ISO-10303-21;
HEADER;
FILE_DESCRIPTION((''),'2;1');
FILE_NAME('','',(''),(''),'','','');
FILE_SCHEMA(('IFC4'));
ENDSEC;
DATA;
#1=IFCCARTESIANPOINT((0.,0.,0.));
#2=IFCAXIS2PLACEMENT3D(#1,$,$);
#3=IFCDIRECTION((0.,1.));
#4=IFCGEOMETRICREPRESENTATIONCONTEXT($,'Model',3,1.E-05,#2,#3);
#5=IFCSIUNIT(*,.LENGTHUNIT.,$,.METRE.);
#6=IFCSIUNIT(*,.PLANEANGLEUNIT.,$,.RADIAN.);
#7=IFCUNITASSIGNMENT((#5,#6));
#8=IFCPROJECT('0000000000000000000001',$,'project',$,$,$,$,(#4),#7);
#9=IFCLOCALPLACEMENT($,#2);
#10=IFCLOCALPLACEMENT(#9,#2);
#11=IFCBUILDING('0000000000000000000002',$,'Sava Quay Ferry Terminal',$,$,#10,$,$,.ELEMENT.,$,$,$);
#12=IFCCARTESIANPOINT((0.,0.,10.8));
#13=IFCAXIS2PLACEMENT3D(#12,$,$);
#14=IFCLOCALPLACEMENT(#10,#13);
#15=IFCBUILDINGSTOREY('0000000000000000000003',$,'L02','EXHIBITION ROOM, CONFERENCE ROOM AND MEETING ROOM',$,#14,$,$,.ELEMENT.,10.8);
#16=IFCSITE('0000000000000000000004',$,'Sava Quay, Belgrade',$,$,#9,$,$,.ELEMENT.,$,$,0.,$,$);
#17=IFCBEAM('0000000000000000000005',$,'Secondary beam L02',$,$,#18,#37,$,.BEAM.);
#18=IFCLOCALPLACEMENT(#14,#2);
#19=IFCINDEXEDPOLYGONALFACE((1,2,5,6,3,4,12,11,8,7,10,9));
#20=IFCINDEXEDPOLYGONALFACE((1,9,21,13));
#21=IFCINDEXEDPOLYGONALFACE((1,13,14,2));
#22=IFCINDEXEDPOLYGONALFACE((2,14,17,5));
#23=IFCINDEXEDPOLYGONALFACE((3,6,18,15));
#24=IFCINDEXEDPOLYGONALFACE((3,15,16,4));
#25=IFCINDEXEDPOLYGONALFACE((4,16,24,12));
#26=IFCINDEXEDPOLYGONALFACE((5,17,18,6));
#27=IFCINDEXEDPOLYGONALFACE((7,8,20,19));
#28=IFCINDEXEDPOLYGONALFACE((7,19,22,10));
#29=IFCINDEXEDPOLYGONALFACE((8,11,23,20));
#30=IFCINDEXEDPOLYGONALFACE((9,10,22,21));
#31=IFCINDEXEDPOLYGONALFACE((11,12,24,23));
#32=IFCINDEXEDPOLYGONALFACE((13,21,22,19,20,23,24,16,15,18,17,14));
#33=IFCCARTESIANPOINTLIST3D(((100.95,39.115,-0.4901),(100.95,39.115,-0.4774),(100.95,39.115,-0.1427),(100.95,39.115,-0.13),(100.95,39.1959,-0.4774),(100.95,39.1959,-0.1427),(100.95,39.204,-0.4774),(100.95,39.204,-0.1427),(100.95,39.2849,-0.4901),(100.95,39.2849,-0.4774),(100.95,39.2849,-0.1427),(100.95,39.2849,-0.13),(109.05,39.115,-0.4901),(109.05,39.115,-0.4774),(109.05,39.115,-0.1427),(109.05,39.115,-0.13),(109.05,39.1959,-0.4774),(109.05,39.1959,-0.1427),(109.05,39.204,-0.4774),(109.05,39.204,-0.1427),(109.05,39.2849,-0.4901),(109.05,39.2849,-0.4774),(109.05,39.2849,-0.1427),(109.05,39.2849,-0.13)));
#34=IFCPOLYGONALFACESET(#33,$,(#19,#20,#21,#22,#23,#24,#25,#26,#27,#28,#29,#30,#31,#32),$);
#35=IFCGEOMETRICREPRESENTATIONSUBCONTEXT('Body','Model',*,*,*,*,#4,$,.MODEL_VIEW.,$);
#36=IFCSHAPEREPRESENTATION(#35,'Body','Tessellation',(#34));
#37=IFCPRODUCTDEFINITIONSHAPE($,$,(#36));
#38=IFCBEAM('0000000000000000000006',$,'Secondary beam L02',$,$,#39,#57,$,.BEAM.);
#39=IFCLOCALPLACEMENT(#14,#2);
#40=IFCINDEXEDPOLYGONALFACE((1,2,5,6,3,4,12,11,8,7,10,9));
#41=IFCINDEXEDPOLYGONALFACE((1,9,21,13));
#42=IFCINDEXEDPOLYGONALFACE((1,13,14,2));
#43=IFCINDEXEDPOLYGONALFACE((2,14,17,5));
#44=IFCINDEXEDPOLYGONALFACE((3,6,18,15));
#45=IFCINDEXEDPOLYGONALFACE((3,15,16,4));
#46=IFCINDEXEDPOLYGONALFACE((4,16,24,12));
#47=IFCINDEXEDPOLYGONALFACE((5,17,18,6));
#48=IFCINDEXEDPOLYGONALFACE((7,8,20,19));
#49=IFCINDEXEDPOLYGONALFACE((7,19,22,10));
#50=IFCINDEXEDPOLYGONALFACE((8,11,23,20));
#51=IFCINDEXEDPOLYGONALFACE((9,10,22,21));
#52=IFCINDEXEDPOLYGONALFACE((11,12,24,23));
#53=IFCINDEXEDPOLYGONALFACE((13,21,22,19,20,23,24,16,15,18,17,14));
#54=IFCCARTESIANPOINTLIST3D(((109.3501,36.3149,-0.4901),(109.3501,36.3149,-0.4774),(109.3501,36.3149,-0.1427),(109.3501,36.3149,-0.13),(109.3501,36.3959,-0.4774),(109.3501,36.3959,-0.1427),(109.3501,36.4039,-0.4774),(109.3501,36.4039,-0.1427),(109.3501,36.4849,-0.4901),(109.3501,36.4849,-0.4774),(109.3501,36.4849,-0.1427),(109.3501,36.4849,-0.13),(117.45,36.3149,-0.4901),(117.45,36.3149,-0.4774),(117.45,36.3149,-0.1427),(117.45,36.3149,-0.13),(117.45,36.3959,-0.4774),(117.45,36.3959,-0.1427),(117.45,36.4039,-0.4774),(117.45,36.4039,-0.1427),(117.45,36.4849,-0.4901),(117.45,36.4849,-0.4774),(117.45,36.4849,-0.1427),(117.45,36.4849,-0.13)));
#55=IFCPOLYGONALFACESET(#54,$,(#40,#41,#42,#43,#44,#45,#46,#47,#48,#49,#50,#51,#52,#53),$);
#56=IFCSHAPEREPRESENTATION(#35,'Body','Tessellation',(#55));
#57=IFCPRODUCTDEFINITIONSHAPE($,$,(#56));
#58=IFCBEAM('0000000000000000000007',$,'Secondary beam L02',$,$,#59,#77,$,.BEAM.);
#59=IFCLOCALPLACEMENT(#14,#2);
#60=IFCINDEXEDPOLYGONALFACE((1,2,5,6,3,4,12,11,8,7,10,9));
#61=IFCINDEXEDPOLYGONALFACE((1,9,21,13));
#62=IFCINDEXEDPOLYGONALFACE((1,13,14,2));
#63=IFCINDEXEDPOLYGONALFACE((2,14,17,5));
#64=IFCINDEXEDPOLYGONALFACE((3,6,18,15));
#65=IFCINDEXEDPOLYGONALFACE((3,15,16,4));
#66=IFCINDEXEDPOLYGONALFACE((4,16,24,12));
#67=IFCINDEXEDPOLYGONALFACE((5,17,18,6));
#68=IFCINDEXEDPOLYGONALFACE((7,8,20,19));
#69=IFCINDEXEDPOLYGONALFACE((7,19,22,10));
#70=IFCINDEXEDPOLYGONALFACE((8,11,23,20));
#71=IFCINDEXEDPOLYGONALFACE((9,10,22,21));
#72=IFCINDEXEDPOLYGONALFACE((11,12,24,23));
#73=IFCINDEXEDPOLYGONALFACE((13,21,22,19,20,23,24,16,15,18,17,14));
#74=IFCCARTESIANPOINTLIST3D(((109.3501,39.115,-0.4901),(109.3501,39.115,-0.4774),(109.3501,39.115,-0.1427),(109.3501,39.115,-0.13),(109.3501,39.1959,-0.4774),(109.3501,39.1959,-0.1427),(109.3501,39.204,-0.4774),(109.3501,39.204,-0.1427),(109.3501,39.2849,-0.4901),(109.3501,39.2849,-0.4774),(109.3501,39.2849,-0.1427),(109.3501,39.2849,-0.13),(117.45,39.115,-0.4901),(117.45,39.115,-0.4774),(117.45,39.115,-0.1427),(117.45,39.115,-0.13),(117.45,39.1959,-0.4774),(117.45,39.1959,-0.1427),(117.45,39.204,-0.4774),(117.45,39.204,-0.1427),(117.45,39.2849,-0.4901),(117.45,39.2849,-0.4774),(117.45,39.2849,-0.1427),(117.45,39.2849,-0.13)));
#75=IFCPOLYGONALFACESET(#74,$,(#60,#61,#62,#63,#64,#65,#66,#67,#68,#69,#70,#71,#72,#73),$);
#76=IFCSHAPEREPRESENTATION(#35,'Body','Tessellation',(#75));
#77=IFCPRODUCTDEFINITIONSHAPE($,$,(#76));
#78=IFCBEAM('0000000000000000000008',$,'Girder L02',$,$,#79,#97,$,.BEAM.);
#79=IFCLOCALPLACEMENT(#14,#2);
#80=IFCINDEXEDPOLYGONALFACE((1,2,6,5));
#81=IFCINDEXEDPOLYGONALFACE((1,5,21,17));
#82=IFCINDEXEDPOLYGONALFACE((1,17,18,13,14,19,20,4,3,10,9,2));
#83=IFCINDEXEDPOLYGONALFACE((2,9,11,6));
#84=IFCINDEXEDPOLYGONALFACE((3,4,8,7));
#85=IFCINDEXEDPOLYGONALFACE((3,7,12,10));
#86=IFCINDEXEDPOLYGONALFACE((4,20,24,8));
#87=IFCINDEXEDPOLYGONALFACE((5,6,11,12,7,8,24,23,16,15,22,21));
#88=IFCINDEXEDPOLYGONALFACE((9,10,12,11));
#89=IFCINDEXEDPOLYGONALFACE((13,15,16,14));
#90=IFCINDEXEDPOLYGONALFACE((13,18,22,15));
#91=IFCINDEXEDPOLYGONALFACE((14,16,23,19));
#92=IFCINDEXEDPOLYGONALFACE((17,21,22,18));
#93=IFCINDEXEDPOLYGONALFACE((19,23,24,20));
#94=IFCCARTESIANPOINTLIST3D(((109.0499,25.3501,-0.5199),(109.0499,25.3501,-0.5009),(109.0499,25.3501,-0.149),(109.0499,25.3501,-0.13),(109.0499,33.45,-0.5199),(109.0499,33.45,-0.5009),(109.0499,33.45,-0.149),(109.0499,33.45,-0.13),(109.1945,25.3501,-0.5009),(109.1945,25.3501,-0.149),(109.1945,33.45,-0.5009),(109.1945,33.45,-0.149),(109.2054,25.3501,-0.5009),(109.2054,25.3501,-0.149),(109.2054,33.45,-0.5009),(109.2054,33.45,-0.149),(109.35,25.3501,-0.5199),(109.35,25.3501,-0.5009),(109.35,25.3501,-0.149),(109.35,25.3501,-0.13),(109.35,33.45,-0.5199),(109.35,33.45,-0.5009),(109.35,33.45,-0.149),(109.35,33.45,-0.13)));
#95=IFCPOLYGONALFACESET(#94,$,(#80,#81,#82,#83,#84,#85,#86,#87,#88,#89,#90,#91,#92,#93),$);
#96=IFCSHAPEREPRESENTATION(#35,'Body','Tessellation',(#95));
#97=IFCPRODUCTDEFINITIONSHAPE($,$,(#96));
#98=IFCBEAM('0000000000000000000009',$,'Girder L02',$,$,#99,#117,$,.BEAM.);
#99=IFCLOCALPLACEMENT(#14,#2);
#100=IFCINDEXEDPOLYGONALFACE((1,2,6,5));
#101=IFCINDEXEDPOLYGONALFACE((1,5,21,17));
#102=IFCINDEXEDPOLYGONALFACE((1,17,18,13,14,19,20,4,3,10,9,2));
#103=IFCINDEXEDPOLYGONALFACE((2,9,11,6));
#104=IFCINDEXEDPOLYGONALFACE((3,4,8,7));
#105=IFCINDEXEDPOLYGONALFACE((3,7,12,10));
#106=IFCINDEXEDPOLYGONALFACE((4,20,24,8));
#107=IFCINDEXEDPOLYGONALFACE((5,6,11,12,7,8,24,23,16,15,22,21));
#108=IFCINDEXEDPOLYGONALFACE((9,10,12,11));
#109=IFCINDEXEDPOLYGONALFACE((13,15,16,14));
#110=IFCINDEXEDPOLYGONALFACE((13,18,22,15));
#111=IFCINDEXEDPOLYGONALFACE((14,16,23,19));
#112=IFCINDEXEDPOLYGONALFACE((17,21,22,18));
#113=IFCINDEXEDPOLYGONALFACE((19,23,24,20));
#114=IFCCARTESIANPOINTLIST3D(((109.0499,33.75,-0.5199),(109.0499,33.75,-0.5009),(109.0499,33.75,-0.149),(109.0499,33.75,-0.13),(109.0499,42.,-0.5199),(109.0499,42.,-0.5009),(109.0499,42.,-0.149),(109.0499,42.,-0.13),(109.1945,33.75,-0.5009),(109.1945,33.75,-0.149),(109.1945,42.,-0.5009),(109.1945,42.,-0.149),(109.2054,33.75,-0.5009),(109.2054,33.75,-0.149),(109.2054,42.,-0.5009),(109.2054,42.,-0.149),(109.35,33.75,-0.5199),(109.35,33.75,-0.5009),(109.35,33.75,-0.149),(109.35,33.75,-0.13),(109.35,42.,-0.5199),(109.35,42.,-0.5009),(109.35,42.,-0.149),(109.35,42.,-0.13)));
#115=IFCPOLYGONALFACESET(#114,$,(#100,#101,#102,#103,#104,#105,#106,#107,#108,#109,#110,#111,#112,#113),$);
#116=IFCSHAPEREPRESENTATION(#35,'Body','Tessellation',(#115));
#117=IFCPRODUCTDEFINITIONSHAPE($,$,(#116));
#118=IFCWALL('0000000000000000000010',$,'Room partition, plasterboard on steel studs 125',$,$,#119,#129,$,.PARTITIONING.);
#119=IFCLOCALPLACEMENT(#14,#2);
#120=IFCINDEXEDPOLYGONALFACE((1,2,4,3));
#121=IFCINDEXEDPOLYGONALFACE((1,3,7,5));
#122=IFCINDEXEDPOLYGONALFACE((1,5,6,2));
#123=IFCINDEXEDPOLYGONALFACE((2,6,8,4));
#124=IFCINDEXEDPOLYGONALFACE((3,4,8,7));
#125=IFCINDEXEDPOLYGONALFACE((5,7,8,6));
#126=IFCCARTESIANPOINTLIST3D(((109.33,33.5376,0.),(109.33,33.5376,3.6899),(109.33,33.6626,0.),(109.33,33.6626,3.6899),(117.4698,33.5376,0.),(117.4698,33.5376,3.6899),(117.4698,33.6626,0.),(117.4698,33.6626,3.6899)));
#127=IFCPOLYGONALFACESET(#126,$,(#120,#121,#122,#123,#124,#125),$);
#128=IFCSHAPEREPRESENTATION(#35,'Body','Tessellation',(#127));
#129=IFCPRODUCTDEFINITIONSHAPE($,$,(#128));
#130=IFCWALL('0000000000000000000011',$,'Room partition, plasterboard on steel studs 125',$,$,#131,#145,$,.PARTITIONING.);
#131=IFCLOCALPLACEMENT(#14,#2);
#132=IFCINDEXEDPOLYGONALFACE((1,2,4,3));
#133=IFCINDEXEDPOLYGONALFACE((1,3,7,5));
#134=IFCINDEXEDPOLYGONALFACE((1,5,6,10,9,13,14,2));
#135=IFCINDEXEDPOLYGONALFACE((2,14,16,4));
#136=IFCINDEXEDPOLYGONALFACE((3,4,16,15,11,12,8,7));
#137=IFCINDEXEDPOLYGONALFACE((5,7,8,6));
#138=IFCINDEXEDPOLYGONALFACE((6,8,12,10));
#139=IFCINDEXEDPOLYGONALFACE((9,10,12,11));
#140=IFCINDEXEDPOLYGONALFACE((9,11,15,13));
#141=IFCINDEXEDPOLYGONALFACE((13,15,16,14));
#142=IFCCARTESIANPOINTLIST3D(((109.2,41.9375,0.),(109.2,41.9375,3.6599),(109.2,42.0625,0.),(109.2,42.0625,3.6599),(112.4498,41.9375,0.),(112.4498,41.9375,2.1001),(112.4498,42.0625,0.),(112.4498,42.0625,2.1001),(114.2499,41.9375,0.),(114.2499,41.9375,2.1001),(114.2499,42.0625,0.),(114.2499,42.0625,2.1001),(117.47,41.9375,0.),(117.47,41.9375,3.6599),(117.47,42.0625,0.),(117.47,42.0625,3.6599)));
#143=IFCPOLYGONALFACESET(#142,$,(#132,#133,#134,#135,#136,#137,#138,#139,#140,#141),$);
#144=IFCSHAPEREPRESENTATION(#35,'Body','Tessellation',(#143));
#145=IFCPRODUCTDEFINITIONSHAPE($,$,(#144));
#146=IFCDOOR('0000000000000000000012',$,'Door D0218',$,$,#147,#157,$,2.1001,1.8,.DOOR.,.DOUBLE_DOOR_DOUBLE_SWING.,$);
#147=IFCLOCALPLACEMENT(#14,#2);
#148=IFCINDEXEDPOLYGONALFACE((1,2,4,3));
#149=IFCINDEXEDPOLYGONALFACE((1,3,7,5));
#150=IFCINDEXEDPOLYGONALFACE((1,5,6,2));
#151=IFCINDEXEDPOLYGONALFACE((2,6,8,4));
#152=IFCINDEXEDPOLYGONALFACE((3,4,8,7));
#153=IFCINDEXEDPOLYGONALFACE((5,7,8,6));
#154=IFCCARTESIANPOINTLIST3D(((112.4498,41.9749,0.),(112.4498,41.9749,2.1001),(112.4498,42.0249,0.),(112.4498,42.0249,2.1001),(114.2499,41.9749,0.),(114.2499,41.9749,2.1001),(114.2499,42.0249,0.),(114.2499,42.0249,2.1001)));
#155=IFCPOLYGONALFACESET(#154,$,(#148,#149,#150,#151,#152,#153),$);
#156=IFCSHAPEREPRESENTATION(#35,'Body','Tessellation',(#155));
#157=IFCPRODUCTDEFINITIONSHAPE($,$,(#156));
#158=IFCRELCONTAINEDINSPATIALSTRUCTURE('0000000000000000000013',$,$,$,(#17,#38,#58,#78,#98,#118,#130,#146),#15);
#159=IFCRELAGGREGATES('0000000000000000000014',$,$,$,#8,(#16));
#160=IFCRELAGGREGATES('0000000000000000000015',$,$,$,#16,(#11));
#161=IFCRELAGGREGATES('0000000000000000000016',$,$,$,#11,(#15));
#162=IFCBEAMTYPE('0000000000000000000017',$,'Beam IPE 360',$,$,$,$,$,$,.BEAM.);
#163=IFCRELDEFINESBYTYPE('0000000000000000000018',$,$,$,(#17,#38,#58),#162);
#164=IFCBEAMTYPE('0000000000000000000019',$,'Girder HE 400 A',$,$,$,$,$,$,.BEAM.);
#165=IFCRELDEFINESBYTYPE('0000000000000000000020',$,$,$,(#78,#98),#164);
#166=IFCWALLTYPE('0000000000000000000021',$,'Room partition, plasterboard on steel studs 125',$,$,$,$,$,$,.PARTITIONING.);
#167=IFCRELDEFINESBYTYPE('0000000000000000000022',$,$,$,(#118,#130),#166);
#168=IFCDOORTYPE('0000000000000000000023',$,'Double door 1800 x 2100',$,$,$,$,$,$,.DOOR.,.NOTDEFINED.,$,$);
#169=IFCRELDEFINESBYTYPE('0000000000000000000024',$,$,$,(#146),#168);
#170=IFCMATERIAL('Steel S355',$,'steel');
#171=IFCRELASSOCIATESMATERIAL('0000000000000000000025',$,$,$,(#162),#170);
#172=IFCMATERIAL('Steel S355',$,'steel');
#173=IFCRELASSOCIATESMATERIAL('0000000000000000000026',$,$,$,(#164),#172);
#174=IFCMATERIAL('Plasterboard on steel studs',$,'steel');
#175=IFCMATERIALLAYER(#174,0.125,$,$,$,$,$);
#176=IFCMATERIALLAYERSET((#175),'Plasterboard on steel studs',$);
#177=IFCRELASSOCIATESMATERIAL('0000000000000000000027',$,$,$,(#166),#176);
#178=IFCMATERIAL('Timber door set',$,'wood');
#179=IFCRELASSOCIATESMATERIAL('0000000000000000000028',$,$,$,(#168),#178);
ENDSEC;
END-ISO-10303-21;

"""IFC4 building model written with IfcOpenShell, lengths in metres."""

from ifc_helpers import new_model, si_unit, direction, frame, frame_2d, origin, origin_2d, place, context, subcontext, project, spatial, rectangle, i_section, extrude, material, layer, layer_set, material_profile, profile_set, type_object, element, fill, save


model = new_model("IFC4")

# Units and contexts
model_context = context("Model", 3, precision=1e-05, world=origin(), true_north=direction((0.0, 1.0)))
body_context = subcontext(model_context, "Body", "Model", "MODEL_VIEW")
ifc_project = project(units=[si_unit("LENGTHUNIT", "METRE"), si_unit("PLANEANGLEUNIT", "RADIAN")], contexts=[model_context])

# Site, building, storey
site_placement = place(None, origin())
site = spatial("IfcSite", under=ifc_project, at=site_placement, Name="Sava Quay, Belgrade", CompositionType="ELEMENT", RefElevation=0.0)
building_placement = place(site_placement, origin())
building = spatial("IfcBuilding", under=site, at=building_placement, Name="Sava Quay Ferry Terminal", CompositionType="ELEMENT")
storey_placement = place(building_placement, frame((0.0, 0.0, 10.8)))
storey = spatial("IfcBuildingStorey", under=building, at=storey_placement, Name="L02", Description="EXHIBITION ROOM, CONFERENCE ROOM AND MEETING ROOM", CompositionType="ELEMENT", Elevation=10.8)

# Beams
ifc_material_1 = material(Name="Steel S355", Category="steel")
ifc_material_profile_1 = material_profile(ifc_material_1, i_section(OverallWidth=0.1699, OverallDepth=0.3601, WebThickness=0.0081, FlangeThickness=0.0127, at=origin_2d()), Name="IPE 360")
ifc_profile_set_1 = profile_set([ifc_material_profile_1], Name="Steel S355")
beam_type_1 = type_object("IfcBeamType", Name="Beam IPE 360", PredefinedType="BEAM", material=ifc_profile_set_1)
for number, where, z_axis, x_axis, name in (
    (1, (100.95, 39.2, -0.3101), (1.0, 0.0, 0.0), (0.0, 1.0, 0.0), "Secondary beam L02"),
):
    element("IfcBeam", number, at=place(storey_placement, frame(where, z_axis=z_axis, x_axis=x_axis)), inside=storey, type_object=beam_type_1, Name=name, PredefinedType="BEAM", context=body_context, shape_type="SweptSolid", body=[
        extrude(i_section(OverallWidth=0.1699, OverallDepth=0.3601, WebThickness=0.0081, FlangeThickness=0.0127, at=origin_2d()), origin(), (0.0, 0.0, 1.0), 8.1001),
    ])
for number, where, z_axis, x_axis, name in (
    (2, (109.3501, 36.3999, -0.3101), (1.0, 0.0, 0.0), (0.0, 1.0, 0.0), "Secondary beam L02"),
    (3, (109.3501, 39.2, -0.3101), (1.0, 0.0, 0.0), (0.0, 1.0, 0.0), "Secondary beam L02"),
):
    element("IfcBeam", number, at=place(storey_placement, frame(where, z_axis=z_axis, x_axis=x_axis)), inside=storey, type_object=beam_type_1, Name=name, PredefinedType="BEAM", context=body_context, shape_type="SweptSolid", body=[
        extrude(i_section(OverallWidth=0.1699, OverallDepth=0.3601, WebThickness=0.0081, FlangeThickness=0.0127, at=origin_2d()), origin(), (0.0, 0.0, 1.0), 8.0999),
    ])
ifc_material_2 = material(Name="Steel S355", Category="steel")
ifc_material_profile_2 = material_profile(ifc_material_2, i_section(OverallWidth=0.3, OverallDepth=0.3899, WebThickness=0.011, FlangeThickness=0.019, at=origin_2d()), Name="HE 400 A")
ifc_profile_set_2 = profile_set([ifc_material_profile_2], Name="Steel S355")
beam_type_2 = type_object("IfcBeamType", Name="Girder HE 400 A", PredefinedType="BEAM", material=ifc_profile_set_2)
beam_1_placement = place(storey_placement, frame((109.2, 25.3501, -0.325), z_axis=(0.0, 1.0, 0.0), x_axis=(-1.0, 0.0, 0.0)))
element("IfcBeam", 4, at=beam_1_placement, inside=storey, type_object=beam_type_2, Name="Girder L02", PredefinedType="BEAM", context=body_context, shape_type="SweptSolid", body=[
    extrude(i_section(OverallWidth=0.3, OverallDepth=0.3899, WebThickness=0.011, FlangeThickness=0.019, at=origin_2d()), origin(), (0.0, 0.0, 1.0), 8.0999),
])
beam_2_placement = place(storey_placement, frame((109.2, 33.75, -0.325), z_axis=(0.0, 1.0, 0.0), x_axis=(-1.0, 0.0, 0.0)))
element("IfcBeam", 5, at=beam_2_placement, inside=storey, type_object=beam_type_2, Name="Girder L02", PredefinedType="BEAM", context=body_context, shape_type="SweptSolid", body=[
    extrude(i_section(OverallWidth=0.3, OverallDepth=0.3899, WebThickness=0.011, FlangeThickness=0.019, at=origin_2d()), origin(), (0.0, 0.0, 1.0), 8.25),
])

# Wall
ifc_material_3 = material(Name="Plasterboard on steel studs", Category="steel")
ifc_layer_1 = layer(ifc_material_3, 0.125)
ifc_layer_set_1 = layer_set([ifc_layer_1], Name="Plasterboard on steel studs")
wall_type_1 = type_object("IfcWallType", Name="Room partition, plasterboard on steel studs 125", PredefinedType="PARTITIONING", material=ifc_layer_set_1)
wall_1_placement = place(storey_placement, frame((109.3301, 33.6001, 0.0), z_axis=(0.0, 0.0, 1.0), x_axis=(1.0, 0.0, 0.0)))
element("IfcWall", 6, at=wall_1_placement, inside=storey, type_object=wall_type_1, Name="Room partition, plasterboard on steel studs 125", PredefinedType="PARTITIONING", context=body_context, shape_type="SweptSolid", body=[
    extrude(rectangle(XDim=8.1399, YDim=0.125, at=frame_2d((4.0698, 0.0))), origin(), (0.0, 0.0, 1.0), 3.6899),
])

# Wall, opening, door
wall_2_placement = place(storey_placement, frame((109.2, 42.0, 0.0), z_axis=(0.0, 0.0, 1.0), x_axis=(1.0, 0.0, 0.0)))
wall_2 = element("IfcWall", 7, at=wall_2_placement, inside=storey, type_object=wall_type_1, Name="Room partition, plasterboard on steel studs 125", PredefinedType="PARTITIONING", context=body_context, shape_type="SweptSolid", body=[
    extrude(rectangle(XDim=8.27, YDim=0.125, at=frame_2d((4.135, 0.0))), origin(), (0.0, 0.0, 1.0), 3.6599),
])
opening_1_placement = place(wall_2_placement, frame((3.25, 0.0, 0.0)))
opening_1 = element("IfcOpeningElement", 8, at=opening_1_placement, cuts=wall_2, PredefinedType="OPENING", context=body_context, shape_type="SweptSolid", body=[
    extrude(rectangle(XDim=1.8, YDim=2.1001, at=frame_2d((0.8999, 1.05))), frame((0.0, 0.0625, 0.0), z_axis=(0.0, -1.0, 0.0), x_axis=(1.0, 0.0, 0.0)), (0.0, 0.0, 1.0), 0.125),
])
ifc_material_4 = material(Name="Timber door set", Category="wood")
door_type_1 = type_object("IfcDoorType", Name="Double door 1800 x 2100", OperationType="NOTDEFINED", PredefinedType="DOOR", material=ifc_material_4)
door_1_placement = place(opening_1_placement, origin())
door_1 = element("IfcDoor", 9, at=door_1_placement, inside=storey, type_object=door_type_1, Name="Door D0218", OperationType="DOUBLE_DOOR_DOUBLE_SWING", OverallHeight=2.1001, OverallWidth=1.8, PredefinedType="DOOR", context=body_context, shape_type="SweptSolid", body=[
    extrude(rectangle(XDim=1.8, YDim=2.1001, at=frame_2d((0.8999, 1.05))), frame((0.0, 0.0249, 0.0), z_axis=(0.0, -1.0, 0.0), x_axis=(1.0, 0.0, 0.0)), (0.0, 0.0, 1.0), 0.05),
])
fill(opening_1, door_1)

save(model, "model.ifc")
